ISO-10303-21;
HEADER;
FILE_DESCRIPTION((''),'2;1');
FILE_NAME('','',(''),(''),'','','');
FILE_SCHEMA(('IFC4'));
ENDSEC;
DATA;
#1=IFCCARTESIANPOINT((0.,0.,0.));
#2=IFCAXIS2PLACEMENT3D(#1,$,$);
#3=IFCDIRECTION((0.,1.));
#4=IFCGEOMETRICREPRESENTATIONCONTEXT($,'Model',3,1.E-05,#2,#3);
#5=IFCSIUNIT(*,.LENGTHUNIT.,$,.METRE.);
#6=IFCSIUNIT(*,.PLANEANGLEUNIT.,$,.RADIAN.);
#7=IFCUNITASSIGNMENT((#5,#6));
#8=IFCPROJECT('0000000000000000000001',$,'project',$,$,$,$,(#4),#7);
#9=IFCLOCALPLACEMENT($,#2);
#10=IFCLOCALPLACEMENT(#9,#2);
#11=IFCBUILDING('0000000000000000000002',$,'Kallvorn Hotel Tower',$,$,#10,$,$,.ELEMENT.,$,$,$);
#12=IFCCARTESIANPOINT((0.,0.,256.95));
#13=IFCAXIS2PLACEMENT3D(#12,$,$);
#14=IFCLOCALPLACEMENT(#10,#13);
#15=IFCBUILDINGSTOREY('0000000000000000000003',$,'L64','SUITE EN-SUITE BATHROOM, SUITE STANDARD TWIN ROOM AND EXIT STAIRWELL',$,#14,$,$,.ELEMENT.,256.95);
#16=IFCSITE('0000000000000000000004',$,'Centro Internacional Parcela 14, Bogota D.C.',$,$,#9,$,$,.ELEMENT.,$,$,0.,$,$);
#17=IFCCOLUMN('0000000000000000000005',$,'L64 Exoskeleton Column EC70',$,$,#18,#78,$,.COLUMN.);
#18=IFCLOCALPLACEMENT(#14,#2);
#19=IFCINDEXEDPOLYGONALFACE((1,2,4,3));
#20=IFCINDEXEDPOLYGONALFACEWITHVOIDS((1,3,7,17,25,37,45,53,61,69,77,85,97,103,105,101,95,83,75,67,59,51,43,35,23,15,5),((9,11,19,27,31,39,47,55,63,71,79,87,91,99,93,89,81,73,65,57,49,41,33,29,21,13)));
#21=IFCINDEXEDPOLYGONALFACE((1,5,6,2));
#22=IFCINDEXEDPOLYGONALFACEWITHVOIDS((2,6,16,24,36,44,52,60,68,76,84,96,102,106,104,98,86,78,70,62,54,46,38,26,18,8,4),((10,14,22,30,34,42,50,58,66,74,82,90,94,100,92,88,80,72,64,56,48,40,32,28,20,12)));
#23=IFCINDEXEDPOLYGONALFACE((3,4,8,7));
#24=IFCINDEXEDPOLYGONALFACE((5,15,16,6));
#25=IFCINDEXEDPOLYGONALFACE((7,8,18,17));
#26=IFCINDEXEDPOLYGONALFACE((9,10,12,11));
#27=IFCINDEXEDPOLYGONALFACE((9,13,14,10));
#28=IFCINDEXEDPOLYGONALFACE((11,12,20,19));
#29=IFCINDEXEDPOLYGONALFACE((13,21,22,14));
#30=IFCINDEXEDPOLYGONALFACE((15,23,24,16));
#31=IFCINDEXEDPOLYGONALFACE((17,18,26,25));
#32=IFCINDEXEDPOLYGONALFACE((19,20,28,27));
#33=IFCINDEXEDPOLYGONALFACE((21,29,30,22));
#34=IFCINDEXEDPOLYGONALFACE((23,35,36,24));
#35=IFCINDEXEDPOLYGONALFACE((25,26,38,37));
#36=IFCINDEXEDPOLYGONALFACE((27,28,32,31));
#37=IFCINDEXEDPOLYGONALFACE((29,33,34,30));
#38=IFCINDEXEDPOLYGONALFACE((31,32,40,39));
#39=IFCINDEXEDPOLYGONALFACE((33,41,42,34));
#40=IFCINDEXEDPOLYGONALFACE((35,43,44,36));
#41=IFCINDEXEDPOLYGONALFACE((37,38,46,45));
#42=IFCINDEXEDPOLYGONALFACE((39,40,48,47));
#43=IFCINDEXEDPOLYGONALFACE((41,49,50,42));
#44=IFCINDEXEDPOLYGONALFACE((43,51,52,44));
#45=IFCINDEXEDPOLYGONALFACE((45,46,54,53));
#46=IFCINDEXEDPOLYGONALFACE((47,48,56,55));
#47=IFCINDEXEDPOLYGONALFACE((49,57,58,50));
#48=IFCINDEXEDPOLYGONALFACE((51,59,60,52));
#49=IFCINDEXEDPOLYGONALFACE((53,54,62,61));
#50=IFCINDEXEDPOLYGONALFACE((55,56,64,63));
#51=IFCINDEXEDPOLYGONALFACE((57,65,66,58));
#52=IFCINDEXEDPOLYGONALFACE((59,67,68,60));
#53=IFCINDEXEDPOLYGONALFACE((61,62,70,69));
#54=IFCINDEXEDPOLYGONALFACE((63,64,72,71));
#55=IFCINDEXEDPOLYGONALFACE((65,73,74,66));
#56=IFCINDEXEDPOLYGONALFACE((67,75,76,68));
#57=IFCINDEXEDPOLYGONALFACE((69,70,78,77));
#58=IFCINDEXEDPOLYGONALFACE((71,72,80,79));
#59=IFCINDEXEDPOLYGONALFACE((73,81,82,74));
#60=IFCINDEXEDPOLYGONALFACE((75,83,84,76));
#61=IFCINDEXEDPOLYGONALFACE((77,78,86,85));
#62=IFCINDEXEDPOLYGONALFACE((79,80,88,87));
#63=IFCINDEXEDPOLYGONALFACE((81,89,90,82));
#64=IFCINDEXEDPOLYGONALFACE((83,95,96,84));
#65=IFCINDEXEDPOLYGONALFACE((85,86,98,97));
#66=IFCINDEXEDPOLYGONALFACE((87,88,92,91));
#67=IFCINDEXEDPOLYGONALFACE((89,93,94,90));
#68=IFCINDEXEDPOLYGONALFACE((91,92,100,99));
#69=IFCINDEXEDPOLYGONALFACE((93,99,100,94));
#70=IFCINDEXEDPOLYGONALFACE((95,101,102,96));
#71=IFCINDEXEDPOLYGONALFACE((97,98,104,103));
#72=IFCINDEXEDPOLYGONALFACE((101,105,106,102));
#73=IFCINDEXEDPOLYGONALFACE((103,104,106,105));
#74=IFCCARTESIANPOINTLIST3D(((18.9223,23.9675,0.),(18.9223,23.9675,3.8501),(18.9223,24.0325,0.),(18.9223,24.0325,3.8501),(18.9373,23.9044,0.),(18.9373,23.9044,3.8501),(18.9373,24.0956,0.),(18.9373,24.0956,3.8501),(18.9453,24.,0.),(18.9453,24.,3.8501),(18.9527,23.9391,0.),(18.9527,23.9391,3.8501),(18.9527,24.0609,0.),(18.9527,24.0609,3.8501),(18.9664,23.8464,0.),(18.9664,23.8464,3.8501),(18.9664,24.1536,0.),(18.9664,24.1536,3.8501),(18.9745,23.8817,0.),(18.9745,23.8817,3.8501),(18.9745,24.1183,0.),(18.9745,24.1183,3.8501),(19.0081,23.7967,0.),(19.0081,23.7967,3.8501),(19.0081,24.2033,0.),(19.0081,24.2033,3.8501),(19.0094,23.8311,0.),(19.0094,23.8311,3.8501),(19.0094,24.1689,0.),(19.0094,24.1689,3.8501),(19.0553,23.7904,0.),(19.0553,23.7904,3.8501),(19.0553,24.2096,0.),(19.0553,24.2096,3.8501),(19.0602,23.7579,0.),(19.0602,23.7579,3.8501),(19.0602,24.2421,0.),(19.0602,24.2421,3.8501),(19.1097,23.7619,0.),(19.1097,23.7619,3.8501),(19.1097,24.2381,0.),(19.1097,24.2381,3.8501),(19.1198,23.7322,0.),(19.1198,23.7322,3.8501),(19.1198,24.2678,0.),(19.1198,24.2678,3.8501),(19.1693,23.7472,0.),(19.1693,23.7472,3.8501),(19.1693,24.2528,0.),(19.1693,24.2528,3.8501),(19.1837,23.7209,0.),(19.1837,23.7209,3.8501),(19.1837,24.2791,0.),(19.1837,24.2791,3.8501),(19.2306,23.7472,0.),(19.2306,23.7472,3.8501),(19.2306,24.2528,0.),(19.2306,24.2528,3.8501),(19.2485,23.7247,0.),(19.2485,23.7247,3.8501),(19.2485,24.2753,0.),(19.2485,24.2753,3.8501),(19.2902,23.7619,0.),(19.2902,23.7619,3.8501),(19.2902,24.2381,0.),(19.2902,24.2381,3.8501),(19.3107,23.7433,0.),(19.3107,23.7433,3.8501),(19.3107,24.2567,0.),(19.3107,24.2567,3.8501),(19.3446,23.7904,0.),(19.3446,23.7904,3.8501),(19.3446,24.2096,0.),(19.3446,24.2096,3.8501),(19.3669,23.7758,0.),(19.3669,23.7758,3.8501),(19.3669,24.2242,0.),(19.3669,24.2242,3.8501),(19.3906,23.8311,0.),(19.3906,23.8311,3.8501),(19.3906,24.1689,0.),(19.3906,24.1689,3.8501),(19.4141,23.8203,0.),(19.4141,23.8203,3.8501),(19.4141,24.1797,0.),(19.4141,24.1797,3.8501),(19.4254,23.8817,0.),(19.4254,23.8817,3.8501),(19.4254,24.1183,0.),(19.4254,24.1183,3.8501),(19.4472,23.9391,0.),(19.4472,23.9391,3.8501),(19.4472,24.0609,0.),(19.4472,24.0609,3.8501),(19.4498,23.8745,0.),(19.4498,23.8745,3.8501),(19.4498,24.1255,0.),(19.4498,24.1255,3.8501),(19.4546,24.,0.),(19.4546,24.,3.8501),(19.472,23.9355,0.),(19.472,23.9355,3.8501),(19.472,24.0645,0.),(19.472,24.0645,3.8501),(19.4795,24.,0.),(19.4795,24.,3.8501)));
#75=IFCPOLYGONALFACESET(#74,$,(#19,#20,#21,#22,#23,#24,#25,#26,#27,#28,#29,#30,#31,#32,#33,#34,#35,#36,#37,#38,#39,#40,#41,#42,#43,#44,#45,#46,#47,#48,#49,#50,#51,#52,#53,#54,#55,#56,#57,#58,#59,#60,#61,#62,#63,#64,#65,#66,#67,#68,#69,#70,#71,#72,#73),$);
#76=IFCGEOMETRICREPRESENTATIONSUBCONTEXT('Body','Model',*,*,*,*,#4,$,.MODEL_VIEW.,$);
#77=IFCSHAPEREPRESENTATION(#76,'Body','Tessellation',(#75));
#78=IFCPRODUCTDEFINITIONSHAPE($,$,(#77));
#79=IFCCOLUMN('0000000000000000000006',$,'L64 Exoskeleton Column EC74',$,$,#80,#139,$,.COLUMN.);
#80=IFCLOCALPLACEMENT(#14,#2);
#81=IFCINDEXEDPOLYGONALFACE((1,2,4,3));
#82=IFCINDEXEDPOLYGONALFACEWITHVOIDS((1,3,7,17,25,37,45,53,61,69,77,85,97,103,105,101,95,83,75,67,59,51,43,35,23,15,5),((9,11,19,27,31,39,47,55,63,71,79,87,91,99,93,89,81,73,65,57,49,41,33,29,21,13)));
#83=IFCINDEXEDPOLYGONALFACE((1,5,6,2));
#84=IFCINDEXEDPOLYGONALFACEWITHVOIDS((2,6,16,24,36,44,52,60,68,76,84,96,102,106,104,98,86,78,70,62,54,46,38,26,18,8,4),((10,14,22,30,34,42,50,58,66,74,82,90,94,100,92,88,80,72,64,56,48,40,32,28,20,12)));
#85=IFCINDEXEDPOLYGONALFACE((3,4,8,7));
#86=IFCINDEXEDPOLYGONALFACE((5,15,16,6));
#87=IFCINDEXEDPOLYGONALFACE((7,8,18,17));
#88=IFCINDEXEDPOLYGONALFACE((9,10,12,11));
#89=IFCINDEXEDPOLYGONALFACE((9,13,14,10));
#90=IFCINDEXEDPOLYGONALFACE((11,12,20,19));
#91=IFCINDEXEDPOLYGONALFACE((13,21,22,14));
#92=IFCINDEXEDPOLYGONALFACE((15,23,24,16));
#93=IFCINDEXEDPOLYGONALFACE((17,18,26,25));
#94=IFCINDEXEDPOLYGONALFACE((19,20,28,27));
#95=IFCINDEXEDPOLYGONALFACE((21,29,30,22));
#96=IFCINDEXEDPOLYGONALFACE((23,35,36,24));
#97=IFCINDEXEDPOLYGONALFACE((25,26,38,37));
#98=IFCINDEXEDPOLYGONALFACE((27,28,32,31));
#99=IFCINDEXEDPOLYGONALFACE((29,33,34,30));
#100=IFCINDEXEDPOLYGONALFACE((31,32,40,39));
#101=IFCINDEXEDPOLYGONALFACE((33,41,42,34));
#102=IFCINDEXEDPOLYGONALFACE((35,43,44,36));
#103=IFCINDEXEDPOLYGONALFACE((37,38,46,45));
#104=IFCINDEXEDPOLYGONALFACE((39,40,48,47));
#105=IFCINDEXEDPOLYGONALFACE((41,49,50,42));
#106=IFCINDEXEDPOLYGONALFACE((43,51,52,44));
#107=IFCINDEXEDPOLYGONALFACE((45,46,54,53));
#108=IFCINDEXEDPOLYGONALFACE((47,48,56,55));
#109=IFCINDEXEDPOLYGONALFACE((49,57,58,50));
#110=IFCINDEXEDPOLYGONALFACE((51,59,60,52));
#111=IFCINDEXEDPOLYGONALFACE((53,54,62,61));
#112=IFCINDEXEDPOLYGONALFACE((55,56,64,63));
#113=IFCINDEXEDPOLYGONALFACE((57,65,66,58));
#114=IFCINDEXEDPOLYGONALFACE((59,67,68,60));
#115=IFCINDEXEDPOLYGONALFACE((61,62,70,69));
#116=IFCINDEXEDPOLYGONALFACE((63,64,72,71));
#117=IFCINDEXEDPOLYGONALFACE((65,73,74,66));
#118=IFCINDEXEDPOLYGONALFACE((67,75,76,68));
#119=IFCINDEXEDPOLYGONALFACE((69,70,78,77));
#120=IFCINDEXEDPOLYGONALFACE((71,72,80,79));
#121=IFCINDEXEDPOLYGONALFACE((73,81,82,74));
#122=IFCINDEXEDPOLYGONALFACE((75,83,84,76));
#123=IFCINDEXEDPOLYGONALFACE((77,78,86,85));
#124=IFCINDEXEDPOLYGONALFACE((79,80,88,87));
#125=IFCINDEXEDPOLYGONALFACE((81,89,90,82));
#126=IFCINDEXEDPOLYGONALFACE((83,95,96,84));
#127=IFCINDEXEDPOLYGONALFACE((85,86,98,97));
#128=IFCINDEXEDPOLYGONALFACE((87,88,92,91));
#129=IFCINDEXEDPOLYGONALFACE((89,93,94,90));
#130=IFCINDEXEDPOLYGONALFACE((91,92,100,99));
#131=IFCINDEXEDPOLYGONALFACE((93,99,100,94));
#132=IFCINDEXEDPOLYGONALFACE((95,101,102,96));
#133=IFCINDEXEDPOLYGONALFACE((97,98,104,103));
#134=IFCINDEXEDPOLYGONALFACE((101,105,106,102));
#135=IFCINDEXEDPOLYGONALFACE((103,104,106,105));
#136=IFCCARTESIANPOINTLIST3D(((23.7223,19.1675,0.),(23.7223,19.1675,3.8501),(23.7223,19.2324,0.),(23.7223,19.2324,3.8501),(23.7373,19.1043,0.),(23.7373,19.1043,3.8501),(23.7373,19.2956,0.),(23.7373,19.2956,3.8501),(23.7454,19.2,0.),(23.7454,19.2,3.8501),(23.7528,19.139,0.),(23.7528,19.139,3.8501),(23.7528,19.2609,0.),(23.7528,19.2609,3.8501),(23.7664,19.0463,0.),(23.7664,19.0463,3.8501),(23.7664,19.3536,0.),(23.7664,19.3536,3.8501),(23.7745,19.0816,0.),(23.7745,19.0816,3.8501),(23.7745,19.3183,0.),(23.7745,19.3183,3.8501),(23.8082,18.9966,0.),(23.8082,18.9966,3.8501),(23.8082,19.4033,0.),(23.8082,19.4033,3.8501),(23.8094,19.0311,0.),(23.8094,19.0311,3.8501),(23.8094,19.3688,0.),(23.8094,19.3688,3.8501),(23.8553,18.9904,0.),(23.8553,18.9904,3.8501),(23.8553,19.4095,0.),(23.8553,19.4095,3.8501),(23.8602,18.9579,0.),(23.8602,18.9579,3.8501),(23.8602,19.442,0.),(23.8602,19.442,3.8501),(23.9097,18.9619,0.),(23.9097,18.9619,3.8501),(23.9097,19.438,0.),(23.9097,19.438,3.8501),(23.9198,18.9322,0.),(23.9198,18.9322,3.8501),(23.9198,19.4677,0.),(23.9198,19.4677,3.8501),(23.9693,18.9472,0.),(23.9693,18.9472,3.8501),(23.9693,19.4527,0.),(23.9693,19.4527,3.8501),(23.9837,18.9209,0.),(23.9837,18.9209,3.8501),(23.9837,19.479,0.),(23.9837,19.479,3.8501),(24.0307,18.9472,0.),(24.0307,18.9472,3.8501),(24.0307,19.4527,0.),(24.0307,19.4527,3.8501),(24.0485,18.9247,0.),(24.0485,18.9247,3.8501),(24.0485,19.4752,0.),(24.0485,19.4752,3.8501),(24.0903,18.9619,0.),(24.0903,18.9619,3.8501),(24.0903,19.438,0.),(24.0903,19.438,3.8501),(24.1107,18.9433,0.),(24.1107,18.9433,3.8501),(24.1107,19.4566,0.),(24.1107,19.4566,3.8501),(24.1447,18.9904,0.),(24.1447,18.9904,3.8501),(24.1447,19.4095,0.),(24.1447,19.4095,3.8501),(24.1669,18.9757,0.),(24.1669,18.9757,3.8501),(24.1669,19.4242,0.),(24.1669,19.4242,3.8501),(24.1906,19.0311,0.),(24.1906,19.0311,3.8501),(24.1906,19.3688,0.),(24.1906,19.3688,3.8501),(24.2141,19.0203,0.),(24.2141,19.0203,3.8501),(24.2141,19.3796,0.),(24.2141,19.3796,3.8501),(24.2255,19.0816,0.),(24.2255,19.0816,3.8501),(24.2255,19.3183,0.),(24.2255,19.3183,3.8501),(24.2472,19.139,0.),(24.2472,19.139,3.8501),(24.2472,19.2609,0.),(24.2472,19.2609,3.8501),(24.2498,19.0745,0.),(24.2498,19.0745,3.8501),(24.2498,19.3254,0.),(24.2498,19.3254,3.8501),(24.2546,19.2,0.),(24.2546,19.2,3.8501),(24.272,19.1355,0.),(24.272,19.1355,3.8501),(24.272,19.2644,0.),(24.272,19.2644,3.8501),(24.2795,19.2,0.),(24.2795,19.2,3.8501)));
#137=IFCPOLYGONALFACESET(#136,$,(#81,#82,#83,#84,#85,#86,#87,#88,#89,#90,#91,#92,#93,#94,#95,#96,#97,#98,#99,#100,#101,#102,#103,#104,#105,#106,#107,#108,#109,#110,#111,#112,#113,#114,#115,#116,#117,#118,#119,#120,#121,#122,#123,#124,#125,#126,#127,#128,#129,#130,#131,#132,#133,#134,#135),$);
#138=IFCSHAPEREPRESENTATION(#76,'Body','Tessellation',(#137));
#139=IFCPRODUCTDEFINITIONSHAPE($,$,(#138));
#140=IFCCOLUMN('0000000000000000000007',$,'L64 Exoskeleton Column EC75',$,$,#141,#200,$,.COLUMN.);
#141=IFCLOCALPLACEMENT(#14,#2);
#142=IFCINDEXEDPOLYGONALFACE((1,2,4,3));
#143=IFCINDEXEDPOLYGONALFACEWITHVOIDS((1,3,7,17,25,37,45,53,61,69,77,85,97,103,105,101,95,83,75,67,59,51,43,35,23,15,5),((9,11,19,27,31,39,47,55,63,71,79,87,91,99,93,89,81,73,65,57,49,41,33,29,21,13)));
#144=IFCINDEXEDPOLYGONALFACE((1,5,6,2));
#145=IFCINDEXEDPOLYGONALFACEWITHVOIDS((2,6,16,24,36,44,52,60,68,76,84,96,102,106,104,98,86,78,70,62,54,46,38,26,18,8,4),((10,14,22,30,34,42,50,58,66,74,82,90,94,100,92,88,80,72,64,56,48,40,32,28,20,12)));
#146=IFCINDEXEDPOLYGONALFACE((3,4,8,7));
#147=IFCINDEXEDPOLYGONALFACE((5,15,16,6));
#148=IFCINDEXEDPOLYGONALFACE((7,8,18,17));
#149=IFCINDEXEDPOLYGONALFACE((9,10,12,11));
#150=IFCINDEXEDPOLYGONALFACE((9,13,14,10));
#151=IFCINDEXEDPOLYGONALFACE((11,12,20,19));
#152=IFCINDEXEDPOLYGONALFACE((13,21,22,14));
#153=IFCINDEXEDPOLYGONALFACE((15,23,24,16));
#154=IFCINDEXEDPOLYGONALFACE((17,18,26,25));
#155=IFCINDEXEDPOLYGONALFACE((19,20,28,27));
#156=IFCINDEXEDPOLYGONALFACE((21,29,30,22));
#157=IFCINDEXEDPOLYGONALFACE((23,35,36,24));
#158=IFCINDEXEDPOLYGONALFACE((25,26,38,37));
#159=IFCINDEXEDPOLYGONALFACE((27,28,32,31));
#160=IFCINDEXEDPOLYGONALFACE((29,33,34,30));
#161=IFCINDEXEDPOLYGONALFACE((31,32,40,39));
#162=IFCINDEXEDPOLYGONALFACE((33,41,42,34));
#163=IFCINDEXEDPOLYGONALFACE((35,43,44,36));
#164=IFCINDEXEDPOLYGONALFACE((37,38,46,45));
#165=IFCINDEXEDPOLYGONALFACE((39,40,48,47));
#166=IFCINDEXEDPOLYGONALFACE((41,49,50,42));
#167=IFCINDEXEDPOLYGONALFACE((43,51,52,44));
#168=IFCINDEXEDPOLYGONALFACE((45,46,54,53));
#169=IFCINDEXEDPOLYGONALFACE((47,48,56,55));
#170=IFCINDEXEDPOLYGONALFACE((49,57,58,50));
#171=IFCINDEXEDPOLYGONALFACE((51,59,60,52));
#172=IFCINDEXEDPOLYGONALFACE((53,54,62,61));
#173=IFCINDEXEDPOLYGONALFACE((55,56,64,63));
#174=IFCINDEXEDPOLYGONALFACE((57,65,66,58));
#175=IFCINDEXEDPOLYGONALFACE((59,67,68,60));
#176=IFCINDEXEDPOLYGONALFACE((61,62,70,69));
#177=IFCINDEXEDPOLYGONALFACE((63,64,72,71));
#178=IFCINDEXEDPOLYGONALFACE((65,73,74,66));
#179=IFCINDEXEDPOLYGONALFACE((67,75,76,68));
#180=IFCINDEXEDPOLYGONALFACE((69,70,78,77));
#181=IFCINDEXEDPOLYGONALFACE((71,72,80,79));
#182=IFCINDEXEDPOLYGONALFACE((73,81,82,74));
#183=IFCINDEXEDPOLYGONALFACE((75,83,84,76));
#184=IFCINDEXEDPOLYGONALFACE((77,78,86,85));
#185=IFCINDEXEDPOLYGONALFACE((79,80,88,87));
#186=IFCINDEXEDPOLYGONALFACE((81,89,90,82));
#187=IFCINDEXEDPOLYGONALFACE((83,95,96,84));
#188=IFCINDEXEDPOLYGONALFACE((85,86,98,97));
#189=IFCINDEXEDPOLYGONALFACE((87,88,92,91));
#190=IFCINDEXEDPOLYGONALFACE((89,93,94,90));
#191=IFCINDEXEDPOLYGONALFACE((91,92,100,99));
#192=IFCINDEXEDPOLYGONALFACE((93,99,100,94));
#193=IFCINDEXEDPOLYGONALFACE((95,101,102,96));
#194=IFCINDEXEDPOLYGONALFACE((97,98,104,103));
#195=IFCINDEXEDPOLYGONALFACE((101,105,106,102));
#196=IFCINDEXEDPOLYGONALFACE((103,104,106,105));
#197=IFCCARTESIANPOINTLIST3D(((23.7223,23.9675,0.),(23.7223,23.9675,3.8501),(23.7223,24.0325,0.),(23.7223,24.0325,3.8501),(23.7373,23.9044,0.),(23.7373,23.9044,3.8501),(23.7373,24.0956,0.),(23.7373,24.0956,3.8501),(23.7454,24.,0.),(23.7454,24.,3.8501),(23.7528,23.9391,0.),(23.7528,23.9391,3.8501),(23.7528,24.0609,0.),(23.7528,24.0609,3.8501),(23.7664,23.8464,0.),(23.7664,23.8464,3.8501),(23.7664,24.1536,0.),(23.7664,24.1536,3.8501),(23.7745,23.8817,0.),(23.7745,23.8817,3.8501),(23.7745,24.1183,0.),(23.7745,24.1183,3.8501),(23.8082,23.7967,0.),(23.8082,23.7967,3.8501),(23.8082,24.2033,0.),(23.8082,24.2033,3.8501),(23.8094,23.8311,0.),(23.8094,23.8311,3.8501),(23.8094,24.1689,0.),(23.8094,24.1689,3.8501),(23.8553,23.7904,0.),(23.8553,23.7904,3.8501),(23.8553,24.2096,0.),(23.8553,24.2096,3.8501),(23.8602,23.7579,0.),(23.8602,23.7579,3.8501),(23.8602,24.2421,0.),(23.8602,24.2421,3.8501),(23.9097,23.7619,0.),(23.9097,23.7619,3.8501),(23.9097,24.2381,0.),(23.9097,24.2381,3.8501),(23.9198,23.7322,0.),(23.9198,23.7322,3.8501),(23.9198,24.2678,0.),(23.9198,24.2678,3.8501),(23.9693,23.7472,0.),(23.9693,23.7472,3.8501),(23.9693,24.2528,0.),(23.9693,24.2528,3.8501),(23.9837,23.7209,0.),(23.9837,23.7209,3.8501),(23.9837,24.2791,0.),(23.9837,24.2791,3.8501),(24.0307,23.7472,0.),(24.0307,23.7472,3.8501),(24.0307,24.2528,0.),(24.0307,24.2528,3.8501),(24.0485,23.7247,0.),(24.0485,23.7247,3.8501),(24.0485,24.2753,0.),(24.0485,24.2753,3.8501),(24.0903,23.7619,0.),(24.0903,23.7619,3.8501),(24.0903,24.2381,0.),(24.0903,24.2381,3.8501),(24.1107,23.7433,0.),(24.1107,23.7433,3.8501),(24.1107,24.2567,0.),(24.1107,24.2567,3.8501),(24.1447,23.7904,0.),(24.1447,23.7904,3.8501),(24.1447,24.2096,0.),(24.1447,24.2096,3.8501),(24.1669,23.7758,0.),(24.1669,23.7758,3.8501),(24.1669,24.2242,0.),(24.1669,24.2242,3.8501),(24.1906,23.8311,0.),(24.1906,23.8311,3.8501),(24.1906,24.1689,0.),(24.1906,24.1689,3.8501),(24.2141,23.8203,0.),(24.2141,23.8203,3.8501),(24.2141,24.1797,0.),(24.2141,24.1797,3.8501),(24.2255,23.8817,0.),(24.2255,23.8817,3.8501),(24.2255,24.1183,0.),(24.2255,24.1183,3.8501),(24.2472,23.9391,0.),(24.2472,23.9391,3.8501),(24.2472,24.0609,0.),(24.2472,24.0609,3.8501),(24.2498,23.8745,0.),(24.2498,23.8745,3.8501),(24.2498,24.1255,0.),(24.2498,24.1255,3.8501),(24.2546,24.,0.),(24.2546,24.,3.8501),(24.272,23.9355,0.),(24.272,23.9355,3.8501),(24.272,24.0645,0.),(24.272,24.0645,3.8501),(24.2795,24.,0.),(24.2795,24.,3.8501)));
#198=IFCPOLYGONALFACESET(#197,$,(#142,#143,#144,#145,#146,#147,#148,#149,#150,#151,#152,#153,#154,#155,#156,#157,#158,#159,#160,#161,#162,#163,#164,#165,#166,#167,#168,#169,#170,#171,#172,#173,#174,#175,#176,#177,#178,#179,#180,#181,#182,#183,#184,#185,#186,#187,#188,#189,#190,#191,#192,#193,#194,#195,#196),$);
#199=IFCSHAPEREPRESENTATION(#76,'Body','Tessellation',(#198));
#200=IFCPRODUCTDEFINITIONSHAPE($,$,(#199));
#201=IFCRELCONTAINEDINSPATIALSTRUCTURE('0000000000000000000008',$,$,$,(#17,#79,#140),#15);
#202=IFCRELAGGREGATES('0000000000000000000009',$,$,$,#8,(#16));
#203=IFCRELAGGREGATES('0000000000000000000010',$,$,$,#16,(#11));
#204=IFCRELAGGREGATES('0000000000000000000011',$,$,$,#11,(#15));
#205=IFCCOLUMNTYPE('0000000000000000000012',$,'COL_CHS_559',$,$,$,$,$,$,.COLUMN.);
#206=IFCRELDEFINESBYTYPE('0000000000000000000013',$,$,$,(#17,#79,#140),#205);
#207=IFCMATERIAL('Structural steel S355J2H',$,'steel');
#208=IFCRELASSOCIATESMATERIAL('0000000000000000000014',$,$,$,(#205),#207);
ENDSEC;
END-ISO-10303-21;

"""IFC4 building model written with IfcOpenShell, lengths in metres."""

from ifc_helpers import new_model, si_unit, direction, frame, origin, origin_2d, place, context, subcontext, project, spatial, hollow_circle, extrude, material, material_profile, profile_set, type_object, element, save


model = new_model("IFC4")

# Units and contexts
model_context = context("Model", 3, precision=1e-05, world=origin(), true_north=direction((0.0, 1.0)))
body_context = subcontext(model_context, "Body", "Model", "MODEL_VIEW")
ifc_project = project(units=[si_unit("LENGTHUNIT", "METRE"), si_unit("PLANEANGLEUNIT", "RADIAN")], contexts=[model_context])

# Site, building, storey
site_placement = place(None, origin())
site = spatial("IfcSite", under=ifc_project, at=site_placement, Name="Centro Internacional Parcela 14, Bogota D.C.", CompositionType="ELEMENT", RefElevation=0.0)
building_placement = place(site_placement, origin())
building = spatial("IfcBuilding", under=site, at=building_placement, Name="Kallvorn Hotel Tower", CompositionType="ELEMENT")
storey_placement = place(building_placement, frame((0.0, 0.0, 256.95)))
storey = spatial("IfcBuildingStorey", under=building, at=storey_placement, Name="L64", Description="SUITE EN-SUITE BATHROOM, SUITE STANDARD TWIN ROOM AND EXIT STAIRWELL", CompositionType="ELEMENT", Elevation=256.95)

# Columns
ifc_material_1 = material(Name="Structural steel S355J2H", Category="steel")
ifc_material_profile_1 = material_profile(ifc_material_1, hollow_circle(Radius=0.2795, WallThickness=0.0249, at=origin_2d()), Name="CHS 559x25")
ifc_profile_set_1 = profile_set([ifc_material_profile_1], Name="Structural steel S355J2H")
column_type = type_object("IfcColumnType", Name="COL_CHS_559", PredefinedType="COLUMN", material=ifc_profile_set_1)
for number, where, z_axis, x_axis, name in (
    (1, (19.2, 24.0, 0.0), (0.0, 0.0, 1.0), (1.0, 0.0, 0.0), "L64 Exoskeleton Column EC70"),
    (2, (24.0, 19.2, 0.0), (0.0, 0.0, 1.0), (1.0, 0.0, 0.0), "L64 Exoskeleton Column EC74"),
    (3, (24.0, 24.0, 0.0), (0.0, 0.0, 1.0), (1.0, 0.0, 0.0), "L64 Exoskeleton Column EC75"),
):
    element("IfcColumn", number, at=place(storey_placement, frame(where, z_axis=z_axis, x_axis=x_axis)), inside=storey, type_object=column_type, Name=name, PredefinedType="COLUMN", context=body_context, shape_type="SweptSolid", body=[
        extrude(hollow_circle(Radius=0.2795, WallThickness=0.0249, at=origin_2d()), origin(), (0.0, 0.0, 1.0), 3.8501),
    ])

save(model, "model.ifc")
